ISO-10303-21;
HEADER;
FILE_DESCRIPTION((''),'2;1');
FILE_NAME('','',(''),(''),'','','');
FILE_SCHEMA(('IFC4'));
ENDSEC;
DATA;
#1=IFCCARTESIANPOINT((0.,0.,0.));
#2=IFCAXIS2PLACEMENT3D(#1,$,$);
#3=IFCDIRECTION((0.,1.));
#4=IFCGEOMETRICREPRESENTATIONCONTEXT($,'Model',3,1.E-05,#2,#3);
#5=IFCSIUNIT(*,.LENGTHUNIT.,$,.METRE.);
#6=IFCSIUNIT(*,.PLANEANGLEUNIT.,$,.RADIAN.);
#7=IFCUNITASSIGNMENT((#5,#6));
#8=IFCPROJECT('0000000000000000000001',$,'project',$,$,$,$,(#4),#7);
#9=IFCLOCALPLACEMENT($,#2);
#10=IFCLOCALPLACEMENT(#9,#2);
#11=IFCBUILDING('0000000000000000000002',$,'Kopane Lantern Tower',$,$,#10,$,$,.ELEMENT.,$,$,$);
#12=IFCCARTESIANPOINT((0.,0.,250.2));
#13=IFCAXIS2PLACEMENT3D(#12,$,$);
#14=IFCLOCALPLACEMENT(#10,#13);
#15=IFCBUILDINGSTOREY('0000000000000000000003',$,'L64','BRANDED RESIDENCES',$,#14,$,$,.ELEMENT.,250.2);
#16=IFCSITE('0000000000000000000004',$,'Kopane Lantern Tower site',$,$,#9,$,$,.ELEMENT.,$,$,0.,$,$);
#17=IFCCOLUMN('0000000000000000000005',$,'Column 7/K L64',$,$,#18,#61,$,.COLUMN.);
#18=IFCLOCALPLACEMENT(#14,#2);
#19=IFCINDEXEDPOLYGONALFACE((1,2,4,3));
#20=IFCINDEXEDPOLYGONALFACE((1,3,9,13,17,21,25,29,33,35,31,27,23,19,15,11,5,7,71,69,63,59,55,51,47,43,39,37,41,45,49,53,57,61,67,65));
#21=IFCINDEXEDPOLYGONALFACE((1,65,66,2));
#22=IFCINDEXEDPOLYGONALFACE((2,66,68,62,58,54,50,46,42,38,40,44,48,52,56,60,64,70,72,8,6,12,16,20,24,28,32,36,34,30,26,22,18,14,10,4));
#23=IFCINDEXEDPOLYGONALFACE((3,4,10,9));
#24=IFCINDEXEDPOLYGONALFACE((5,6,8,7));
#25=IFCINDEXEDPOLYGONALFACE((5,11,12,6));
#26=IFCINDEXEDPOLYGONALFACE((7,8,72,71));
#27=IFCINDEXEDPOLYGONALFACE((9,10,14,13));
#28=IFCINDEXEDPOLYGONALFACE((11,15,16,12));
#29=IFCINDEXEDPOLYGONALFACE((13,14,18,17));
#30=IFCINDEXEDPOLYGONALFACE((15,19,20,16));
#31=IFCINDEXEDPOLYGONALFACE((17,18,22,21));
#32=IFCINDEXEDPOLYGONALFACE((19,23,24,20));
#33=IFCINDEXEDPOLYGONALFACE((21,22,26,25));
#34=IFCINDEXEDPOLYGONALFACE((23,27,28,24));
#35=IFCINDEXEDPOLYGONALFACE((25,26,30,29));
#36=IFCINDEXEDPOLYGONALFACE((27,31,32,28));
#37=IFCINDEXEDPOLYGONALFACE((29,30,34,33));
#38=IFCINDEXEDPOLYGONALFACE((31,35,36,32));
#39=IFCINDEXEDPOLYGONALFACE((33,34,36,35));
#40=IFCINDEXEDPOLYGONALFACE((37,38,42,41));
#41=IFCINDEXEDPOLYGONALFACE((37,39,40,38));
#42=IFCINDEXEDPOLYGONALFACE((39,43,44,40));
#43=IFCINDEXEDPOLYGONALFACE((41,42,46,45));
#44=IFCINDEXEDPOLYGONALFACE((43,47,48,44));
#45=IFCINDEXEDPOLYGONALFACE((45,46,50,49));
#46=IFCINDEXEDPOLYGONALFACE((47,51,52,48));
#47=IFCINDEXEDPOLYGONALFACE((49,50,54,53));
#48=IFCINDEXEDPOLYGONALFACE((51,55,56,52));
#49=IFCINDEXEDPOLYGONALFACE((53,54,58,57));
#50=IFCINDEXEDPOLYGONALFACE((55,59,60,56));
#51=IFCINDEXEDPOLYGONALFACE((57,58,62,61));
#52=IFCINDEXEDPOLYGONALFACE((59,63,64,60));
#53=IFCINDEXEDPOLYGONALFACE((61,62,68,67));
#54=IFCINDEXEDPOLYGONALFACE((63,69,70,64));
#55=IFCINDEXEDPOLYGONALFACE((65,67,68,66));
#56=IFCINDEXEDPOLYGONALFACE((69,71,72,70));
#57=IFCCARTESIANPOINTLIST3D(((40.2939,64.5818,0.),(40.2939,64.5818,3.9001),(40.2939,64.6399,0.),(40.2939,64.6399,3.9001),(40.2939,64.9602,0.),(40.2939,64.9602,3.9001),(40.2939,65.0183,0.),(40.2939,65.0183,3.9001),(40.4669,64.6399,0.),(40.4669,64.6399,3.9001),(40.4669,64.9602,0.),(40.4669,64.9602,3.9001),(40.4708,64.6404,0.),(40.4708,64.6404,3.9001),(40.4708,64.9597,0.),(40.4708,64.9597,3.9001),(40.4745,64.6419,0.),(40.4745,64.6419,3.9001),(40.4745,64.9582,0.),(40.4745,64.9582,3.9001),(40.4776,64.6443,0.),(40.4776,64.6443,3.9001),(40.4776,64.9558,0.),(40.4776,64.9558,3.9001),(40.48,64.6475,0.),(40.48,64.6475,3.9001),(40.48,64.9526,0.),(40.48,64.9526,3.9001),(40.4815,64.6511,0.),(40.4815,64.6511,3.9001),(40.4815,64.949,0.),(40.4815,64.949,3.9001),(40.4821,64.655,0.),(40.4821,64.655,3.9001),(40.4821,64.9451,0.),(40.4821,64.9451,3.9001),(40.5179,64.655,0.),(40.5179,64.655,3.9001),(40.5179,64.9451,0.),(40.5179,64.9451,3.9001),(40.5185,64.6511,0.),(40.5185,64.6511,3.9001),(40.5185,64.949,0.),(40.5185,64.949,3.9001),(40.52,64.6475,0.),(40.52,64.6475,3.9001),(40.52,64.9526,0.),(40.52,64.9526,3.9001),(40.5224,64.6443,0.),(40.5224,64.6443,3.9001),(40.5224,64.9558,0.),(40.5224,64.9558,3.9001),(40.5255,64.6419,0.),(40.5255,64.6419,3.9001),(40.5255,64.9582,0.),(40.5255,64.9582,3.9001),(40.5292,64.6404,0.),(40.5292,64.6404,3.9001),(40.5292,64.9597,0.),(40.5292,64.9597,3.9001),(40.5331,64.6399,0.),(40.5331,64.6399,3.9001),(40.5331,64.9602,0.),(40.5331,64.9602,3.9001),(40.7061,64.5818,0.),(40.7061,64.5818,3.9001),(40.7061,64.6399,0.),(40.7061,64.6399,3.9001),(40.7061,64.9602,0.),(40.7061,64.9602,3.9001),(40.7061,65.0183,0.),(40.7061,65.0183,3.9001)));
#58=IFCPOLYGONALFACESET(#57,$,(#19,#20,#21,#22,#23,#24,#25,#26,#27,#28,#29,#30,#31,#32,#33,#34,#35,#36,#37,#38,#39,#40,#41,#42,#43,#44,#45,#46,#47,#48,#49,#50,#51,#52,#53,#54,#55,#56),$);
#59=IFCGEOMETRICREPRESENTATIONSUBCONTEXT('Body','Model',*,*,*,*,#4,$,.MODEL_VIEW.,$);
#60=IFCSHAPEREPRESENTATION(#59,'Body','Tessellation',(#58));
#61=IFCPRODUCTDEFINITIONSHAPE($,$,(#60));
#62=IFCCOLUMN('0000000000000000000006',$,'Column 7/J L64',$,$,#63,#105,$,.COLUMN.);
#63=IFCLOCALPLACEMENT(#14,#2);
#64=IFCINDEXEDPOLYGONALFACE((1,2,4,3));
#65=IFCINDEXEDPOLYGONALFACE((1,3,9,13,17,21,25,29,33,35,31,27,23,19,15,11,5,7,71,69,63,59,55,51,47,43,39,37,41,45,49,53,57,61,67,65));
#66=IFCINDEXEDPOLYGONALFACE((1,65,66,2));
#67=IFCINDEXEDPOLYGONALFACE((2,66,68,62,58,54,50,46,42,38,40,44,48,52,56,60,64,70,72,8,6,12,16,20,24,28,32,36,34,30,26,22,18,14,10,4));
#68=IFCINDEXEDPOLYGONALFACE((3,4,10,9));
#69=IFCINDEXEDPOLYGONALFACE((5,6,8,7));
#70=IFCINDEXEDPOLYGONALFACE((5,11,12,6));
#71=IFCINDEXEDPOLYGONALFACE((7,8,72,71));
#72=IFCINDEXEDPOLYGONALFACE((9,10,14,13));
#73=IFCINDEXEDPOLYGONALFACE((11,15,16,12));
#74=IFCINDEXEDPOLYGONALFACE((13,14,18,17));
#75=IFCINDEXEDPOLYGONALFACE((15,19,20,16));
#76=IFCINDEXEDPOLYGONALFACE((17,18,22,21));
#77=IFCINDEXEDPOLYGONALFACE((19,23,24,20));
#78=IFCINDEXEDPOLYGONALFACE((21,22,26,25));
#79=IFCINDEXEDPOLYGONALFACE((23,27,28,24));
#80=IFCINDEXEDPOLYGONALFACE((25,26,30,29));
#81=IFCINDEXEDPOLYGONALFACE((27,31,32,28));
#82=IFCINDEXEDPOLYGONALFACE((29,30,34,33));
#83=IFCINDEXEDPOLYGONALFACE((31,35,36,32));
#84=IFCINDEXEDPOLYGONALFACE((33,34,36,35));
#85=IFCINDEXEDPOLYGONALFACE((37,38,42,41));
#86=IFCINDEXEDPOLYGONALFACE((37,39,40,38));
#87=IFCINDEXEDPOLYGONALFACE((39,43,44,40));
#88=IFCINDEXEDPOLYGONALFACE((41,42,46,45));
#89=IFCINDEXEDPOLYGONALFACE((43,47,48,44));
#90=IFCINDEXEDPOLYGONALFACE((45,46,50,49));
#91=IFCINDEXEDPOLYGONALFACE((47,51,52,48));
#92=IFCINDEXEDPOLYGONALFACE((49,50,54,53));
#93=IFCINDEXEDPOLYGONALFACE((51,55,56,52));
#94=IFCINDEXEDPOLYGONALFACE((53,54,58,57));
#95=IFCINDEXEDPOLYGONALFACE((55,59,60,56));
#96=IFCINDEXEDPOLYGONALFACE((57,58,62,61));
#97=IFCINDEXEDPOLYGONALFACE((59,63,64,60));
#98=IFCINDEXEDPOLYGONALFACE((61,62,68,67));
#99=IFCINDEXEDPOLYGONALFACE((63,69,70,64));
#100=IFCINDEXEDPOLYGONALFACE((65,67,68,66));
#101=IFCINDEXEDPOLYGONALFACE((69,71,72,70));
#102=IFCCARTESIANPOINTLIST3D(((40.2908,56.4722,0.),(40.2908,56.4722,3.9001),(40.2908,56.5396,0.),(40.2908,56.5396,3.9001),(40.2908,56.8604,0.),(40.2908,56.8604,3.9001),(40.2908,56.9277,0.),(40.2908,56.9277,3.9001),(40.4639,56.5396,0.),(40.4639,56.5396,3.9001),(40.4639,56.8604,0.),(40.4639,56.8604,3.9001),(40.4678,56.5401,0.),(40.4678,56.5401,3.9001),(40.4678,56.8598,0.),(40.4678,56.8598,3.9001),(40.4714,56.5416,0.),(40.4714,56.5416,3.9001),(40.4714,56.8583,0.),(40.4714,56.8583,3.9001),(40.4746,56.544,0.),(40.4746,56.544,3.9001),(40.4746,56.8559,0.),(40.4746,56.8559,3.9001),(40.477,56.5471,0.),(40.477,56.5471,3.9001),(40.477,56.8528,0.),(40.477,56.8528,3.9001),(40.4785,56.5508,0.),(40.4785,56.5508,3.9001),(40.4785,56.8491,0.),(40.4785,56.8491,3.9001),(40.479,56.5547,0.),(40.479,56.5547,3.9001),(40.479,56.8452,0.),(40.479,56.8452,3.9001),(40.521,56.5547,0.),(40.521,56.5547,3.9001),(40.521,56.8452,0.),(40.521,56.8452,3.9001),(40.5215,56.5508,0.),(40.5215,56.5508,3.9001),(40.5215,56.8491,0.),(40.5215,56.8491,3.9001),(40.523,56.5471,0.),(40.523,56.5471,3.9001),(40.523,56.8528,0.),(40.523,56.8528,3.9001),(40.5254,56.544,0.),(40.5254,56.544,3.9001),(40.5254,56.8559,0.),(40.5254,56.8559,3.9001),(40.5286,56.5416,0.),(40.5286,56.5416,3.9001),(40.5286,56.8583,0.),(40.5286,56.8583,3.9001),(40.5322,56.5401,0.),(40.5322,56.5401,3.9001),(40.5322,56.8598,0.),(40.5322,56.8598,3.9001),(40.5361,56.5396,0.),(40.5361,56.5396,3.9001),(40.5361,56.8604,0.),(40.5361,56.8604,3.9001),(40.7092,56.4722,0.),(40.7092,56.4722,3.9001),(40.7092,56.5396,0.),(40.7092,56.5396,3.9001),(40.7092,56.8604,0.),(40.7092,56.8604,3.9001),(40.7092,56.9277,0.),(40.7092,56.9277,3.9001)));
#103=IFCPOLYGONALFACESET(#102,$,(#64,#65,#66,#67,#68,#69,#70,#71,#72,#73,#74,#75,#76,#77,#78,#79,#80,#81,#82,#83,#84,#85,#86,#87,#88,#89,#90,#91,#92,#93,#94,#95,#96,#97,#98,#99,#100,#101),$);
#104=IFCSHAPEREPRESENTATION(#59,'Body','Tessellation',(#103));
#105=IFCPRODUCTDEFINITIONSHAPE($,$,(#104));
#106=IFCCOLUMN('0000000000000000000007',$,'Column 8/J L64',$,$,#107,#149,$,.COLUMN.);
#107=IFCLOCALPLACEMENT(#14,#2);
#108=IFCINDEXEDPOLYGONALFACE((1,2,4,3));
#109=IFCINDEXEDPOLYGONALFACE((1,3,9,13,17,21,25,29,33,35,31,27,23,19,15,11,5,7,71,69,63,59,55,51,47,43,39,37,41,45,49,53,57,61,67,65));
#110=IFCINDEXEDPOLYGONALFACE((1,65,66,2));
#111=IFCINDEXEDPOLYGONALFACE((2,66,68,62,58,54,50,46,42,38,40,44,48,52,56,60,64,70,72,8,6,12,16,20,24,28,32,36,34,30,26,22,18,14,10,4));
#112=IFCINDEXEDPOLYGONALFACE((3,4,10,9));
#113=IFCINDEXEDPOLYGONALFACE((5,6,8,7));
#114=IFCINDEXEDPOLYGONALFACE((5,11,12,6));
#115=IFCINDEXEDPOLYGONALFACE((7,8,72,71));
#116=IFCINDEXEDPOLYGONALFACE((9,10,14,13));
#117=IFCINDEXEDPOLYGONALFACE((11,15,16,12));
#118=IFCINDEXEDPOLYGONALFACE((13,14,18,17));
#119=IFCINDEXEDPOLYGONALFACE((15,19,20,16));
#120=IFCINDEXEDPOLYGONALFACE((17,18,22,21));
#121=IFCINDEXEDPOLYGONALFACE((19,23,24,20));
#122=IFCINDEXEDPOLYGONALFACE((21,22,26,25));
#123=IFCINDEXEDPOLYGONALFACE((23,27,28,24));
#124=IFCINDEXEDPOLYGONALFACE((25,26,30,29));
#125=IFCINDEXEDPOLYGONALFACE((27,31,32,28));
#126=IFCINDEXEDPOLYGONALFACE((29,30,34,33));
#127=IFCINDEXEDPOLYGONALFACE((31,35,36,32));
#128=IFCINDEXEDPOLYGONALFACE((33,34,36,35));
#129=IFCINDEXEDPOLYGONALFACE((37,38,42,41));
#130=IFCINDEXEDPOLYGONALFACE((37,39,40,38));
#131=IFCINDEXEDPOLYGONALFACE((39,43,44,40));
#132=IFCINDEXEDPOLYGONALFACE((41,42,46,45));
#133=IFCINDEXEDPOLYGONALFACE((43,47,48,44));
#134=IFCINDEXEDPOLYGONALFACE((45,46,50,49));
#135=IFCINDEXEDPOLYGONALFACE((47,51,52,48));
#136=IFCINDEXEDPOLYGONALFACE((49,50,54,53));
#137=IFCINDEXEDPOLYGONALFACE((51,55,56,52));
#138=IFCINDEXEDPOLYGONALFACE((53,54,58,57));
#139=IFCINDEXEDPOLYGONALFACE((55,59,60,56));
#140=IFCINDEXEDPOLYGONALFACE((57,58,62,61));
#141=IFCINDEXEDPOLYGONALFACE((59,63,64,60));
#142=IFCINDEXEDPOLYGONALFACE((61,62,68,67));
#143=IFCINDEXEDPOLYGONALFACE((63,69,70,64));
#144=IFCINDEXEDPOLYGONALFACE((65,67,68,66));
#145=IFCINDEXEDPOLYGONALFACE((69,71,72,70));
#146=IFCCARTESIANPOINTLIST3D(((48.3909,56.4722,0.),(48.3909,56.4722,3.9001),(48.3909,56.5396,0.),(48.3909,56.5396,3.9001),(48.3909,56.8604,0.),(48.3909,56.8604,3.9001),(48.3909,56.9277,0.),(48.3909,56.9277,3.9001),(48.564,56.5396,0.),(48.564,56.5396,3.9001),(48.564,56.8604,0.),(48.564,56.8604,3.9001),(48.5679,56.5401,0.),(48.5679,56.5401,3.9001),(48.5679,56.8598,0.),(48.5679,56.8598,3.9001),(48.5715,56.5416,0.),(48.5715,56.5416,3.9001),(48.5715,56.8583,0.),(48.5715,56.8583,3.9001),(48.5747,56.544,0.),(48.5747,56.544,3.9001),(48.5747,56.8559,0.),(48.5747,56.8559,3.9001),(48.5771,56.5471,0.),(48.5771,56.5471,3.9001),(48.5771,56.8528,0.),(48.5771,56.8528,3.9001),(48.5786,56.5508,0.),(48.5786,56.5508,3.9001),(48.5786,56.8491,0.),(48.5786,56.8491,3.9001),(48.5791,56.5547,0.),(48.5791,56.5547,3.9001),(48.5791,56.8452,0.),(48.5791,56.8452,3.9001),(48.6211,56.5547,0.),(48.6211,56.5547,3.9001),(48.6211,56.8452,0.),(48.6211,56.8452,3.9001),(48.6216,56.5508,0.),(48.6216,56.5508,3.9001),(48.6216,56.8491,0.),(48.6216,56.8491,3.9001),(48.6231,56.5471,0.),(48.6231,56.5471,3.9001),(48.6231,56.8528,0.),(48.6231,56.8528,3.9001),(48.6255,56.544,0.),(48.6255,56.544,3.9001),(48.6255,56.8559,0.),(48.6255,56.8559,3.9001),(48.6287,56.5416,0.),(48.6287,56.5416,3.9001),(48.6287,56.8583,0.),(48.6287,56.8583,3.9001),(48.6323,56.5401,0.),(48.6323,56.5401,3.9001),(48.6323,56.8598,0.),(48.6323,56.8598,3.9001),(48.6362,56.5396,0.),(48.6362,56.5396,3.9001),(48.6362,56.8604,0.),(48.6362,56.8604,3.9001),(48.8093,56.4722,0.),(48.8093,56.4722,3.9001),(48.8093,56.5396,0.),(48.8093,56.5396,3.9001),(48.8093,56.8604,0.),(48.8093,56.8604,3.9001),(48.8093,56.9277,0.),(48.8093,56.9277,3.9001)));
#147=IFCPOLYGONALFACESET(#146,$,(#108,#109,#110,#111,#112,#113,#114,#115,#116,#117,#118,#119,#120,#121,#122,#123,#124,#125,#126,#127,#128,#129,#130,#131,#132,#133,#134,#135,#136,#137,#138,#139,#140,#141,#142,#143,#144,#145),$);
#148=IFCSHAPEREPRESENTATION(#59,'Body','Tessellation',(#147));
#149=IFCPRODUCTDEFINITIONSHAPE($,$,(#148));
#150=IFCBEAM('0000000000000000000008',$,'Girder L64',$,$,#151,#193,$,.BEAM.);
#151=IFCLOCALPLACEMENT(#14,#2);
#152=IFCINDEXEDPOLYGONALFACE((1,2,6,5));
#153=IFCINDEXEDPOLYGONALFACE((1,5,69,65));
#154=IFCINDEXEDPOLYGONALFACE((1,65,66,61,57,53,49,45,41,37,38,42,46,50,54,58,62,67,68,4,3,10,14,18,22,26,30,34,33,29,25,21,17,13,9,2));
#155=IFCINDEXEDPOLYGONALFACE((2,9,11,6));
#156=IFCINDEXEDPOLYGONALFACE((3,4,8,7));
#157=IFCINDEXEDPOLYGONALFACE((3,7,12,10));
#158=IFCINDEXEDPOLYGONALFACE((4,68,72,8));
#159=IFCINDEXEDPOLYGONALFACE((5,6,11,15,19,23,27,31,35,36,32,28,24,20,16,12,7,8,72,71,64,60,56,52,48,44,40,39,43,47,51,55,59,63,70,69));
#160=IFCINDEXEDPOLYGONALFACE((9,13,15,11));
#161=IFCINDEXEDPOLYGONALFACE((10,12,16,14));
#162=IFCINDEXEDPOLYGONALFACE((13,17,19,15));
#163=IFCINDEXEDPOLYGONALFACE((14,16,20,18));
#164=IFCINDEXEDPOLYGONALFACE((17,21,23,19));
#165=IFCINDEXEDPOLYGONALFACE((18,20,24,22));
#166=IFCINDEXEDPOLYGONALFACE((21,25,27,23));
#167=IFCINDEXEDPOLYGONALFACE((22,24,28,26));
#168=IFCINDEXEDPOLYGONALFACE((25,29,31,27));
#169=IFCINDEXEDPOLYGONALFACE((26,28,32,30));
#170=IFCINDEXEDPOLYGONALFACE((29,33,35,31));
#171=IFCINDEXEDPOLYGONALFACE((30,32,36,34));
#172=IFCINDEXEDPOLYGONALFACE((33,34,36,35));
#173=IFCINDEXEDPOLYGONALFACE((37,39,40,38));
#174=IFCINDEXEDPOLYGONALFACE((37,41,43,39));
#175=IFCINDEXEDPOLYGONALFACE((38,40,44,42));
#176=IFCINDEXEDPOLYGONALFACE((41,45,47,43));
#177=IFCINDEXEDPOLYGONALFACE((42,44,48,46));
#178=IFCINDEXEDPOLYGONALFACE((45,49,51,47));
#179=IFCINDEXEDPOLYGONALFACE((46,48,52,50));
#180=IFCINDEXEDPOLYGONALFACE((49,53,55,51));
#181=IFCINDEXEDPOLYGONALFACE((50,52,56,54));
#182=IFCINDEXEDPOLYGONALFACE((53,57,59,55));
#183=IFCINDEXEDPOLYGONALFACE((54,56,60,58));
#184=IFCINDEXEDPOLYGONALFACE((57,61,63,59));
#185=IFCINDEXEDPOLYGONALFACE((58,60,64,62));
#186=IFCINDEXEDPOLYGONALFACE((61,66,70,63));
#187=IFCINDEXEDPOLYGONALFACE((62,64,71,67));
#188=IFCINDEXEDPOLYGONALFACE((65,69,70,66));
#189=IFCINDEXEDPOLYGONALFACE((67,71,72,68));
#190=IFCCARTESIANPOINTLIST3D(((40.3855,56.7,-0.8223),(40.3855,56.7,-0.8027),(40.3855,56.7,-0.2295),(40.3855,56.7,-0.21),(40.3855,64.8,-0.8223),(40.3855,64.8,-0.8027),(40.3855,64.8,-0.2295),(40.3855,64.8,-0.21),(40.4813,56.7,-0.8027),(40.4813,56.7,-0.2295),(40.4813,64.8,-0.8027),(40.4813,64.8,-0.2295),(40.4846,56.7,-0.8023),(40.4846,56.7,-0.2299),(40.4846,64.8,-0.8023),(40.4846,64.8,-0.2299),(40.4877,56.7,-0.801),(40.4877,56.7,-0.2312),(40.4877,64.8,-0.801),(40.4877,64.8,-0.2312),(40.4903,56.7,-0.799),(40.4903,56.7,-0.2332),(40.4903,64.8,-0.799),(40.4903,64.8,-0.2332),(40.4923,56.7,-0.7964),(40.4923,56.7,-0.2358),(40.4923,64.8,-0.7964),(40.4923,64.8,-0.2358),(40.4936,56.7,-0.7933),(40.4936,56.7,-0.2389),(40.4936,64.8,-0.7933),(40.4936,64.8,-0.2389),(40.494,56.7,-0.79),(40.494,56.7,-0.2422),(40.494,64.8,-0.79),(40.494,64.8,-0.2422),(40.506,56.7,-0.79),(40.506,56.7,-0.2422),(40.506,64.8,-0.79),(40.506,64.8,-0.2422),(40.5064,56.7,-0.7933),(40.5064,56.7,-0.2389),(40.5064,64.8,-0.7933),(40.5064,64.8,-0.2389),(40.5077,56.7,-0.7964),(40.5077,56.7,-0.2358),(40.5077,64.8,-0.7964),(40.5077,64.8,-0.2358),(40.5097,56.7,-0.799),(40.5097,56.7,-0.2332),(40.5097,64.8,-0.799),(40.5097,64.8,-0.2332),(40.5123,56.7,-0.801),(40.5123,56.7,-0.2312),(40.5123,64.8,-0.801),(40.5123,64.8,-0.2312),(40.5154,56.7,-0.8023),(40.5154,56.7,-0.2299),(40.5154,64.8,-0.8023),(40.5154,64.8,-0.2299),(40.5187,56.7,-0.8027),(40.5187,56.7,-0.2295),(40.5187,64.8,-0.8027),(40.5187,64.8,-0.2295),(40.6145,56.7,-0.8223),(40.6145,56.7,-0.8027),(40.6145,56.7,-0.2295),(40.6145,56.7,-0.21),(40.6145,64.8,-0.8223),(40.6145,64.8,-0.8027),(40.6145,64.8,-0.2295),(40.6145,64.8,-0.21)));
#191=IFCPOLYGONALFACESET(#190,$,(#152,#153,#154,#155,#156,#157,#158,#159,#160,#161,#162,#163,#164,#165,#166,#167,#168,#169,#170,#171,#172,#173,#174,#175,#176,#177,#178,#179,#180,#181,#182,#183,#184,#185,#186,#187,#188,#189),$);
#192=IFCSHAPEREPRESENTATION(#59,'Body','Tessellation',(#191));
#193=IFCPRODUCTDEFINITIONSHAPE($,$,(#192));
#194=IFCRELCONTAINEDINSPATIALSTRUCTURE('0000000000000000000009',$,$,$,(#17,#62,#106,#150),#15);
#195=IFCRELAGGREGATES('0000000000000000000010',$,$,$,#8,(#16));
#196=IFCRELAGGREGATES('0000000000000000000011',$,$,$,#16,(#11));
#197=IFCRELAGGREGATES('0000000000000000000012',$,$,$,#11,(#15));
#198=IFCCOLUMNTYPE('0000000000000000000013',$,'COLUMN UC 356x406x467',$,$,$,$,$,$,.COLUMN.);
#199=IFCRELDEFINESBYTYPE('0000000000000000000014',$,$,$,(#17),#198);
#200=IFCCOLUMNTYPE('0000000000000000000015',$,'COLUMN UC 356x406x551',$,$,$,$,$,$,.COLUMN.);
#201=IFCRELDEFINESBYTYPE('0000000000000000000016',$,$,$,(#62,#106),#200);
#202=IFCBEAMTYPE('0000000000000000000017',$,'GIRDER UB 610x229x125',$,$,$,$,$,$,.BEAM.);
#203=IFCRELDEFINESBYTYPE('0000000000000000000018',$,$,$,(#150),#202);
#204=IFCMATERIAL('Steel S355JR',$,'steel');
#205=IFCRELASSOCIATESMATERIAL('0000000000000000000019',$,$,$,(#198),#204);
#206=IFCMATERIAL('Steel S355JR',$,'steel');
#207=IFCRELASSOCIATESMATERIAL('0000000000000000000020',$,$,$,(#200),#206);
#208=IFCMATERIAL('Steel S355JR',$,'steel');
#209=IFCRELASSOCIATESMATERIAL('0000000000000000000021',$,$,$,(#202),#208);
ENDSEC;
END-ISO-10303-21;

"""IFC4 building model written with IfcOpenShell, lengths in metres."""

from ifc_helpers import new_model, si_unit, direction, frame, origin, origin_2d, place, context, subcontext, project, spatial, i_section, extrude, material, material_profile, profile_set, type_object, element, save


model = new_model("IFC4")

# Units and contexts
model_context = context("Model", 3, precision=1e-05, world=origin(), true_north=direction((0.0, 1.0)))
body_context = subcontext(model_context, "Body", "Model", "MODEL_VIEW")
ifc_project = project(units=[si_unit("LENGTHUNIT", "METRE"), si_unit("PLANEANGLEUNIT", "RADIAN")], contexts=[model_context])

# Site, building, storey
site_placement = place(None, origin())
site = spatial("IfcSite", under=ifc_project, at=site_placement, Name="Kopane Lantern Tower site", CompositionType="ELEMENT", RefElevation=0.0)
building_placement = place(site_placement, origin())
building = spatial("IfcBuilding", under=site, at=building_placement, Name="Kopane Lantern Tower", CompositionType="ELEMENT")
storey_placement = place(building_placement, frame((0.0, 0.0, 250.2)))
storey = spatial("IfcBuildingStorey", under=building, at=storey_placement, Name="L64", Description="BRANDED RESIDENCES", CompositionType="ELEMENT", Elevation=250.2)

# Columns
ifc_material_1 = material(Name="Steel S355JR", Category="steel")
ifc_material_profile_1 = material_profile(ifc_material_1, i_section(OverallWidth=0.4121, OverallDepth=0.4365, WebThickness=0.0359, FlangeThickness=0.0581, FilletRadius=0.0151, at=origin_2d()), Name="UC 356x406x467")
ifc_profile_set_1 = profile_set([ifc_material_profile_1], Name="Steel S355JR")
column_type_1 = type_object("IfcColumnType", Name="COLUMN UC 356x406x467", PredefinedType="COLUMN", material=ifc_profile_set_1)
column_placement = place(storey_placement, frame((40.5, 64.8, 0.0), z_axis=(0.0, 0.0, 1.0), x_axis=(1.0, 0.0, 0.0)))
element("IfcColumn", 1, at=column_placement, inside=storey, type_object=column_type_1, Name="Column 7/K L64", PredefinedType="COLUMN", context=body_context, shape_type="SweptSolid", body=[
    extrude(i_section(OverallWidth=0.4121, OverallDepth=0.4365, WebThickness=0.0359, FlangeThickness=0.0581, FilletRadius=0.0151, at=origin_2d()), origin(), (0.0, 0.0, 1.0), 3.9001),
])
ifc_material_2 = material(Name="Steel S355JR", Category="steel")
ifc_material_profile_2 = material_profile(ifc_material_2, i_section(OverallWidth=0.4185, OverallDepth=0.4556, WebThickness=0.042, FlangeThickness=0.0674, FilletRadius=0.0151, at=origin_2d()), Name="UC 356x406x551")
ifc_profile_set_2 = profile_set([ifc_material_profile_2], Name="Steel S355JR")
column_type_2 = type_object("IfcColumnType", Name="COLUMN UC 356x406x551", PredefinedType="COLUMN", material=ifc_profile_set_2)
for number, where, z_axis, x_axis, name in (
    (2, (40.5, 56.7, 0.0), (0.0, 0.0, 1.0), (1.0, 0.0, 0.0), "Column 7/J L64"),
    (3, (48.6001, 56.7, 0.0), (0.0, 0.0, 1.0), (1.0, 0.0, 0.0), "Column 8/J L64"),
):
    element("IfcColumn", number, at=place(storey_placement, frame(where, z_axis=z_axis, x_axis=x_axis)), inside=storey, type_object=column_type_2, Name=name, PredefinedType="COLUMN", context=body_context, shape_type="SweptSolid", body=[
        extrude(i_section(OverallWidth=0.4185, OverallDepth=0.4556, WebThickness=0.042, FlangeThickness=0.0674, FilletRadius=0.0151, at=origin_2d()), origin(), (0.0, 0.0, 1.0), 3.9001),
    ])

# Beam
ifc_material_3 = material(Name="Steel S355JR", Category="steel")
ifc_material_profile_3 = material_profile(ifc_material_3, i_section(OverallWidth=0.229, OverallDepth=0.6123, WebThickness=0.012, FlangeThickness=0.0195, FilletRadius=0.0127, at=origin_2d()), Name="UB 610x229x125")
ifc_profile_set_3 = profile_set([ifc_material_profile_3], Name="Steel S355JR")
beam_type = type_object("IfcBeamType", Name="GIRDER UB 610x229x125", PredefinedType="BEAM", material=ifc_profile_set_3)
for number, where, z_axis, x_axis, name in (
    (4, (40.5, 56.7, -0.5161), (0.0, 1.0, 0.0), (-1.0, 0.0, 0.0), "Girder L64"),
):
    element("IfcBeam", number, at=place(storey_placement, frame(where, z_axis=z_axis, x_axis=x_axis)), inside=storey, type_object=beam_type, Name=name, PredefinedType="BEAM", context=body_context, shape_type="SweptSolid", body=[
        extrude(i_section(OverallWidth=0.229, OverallDepth=0.6123, WebThickness=0.012, FlangeThickness=0.0195, FilletRadius=0.0127, at=origin_2d()), origin(), (0.0, 0.0, 1.0), 8.1001),
    ])

save(model, "model.ifc")
